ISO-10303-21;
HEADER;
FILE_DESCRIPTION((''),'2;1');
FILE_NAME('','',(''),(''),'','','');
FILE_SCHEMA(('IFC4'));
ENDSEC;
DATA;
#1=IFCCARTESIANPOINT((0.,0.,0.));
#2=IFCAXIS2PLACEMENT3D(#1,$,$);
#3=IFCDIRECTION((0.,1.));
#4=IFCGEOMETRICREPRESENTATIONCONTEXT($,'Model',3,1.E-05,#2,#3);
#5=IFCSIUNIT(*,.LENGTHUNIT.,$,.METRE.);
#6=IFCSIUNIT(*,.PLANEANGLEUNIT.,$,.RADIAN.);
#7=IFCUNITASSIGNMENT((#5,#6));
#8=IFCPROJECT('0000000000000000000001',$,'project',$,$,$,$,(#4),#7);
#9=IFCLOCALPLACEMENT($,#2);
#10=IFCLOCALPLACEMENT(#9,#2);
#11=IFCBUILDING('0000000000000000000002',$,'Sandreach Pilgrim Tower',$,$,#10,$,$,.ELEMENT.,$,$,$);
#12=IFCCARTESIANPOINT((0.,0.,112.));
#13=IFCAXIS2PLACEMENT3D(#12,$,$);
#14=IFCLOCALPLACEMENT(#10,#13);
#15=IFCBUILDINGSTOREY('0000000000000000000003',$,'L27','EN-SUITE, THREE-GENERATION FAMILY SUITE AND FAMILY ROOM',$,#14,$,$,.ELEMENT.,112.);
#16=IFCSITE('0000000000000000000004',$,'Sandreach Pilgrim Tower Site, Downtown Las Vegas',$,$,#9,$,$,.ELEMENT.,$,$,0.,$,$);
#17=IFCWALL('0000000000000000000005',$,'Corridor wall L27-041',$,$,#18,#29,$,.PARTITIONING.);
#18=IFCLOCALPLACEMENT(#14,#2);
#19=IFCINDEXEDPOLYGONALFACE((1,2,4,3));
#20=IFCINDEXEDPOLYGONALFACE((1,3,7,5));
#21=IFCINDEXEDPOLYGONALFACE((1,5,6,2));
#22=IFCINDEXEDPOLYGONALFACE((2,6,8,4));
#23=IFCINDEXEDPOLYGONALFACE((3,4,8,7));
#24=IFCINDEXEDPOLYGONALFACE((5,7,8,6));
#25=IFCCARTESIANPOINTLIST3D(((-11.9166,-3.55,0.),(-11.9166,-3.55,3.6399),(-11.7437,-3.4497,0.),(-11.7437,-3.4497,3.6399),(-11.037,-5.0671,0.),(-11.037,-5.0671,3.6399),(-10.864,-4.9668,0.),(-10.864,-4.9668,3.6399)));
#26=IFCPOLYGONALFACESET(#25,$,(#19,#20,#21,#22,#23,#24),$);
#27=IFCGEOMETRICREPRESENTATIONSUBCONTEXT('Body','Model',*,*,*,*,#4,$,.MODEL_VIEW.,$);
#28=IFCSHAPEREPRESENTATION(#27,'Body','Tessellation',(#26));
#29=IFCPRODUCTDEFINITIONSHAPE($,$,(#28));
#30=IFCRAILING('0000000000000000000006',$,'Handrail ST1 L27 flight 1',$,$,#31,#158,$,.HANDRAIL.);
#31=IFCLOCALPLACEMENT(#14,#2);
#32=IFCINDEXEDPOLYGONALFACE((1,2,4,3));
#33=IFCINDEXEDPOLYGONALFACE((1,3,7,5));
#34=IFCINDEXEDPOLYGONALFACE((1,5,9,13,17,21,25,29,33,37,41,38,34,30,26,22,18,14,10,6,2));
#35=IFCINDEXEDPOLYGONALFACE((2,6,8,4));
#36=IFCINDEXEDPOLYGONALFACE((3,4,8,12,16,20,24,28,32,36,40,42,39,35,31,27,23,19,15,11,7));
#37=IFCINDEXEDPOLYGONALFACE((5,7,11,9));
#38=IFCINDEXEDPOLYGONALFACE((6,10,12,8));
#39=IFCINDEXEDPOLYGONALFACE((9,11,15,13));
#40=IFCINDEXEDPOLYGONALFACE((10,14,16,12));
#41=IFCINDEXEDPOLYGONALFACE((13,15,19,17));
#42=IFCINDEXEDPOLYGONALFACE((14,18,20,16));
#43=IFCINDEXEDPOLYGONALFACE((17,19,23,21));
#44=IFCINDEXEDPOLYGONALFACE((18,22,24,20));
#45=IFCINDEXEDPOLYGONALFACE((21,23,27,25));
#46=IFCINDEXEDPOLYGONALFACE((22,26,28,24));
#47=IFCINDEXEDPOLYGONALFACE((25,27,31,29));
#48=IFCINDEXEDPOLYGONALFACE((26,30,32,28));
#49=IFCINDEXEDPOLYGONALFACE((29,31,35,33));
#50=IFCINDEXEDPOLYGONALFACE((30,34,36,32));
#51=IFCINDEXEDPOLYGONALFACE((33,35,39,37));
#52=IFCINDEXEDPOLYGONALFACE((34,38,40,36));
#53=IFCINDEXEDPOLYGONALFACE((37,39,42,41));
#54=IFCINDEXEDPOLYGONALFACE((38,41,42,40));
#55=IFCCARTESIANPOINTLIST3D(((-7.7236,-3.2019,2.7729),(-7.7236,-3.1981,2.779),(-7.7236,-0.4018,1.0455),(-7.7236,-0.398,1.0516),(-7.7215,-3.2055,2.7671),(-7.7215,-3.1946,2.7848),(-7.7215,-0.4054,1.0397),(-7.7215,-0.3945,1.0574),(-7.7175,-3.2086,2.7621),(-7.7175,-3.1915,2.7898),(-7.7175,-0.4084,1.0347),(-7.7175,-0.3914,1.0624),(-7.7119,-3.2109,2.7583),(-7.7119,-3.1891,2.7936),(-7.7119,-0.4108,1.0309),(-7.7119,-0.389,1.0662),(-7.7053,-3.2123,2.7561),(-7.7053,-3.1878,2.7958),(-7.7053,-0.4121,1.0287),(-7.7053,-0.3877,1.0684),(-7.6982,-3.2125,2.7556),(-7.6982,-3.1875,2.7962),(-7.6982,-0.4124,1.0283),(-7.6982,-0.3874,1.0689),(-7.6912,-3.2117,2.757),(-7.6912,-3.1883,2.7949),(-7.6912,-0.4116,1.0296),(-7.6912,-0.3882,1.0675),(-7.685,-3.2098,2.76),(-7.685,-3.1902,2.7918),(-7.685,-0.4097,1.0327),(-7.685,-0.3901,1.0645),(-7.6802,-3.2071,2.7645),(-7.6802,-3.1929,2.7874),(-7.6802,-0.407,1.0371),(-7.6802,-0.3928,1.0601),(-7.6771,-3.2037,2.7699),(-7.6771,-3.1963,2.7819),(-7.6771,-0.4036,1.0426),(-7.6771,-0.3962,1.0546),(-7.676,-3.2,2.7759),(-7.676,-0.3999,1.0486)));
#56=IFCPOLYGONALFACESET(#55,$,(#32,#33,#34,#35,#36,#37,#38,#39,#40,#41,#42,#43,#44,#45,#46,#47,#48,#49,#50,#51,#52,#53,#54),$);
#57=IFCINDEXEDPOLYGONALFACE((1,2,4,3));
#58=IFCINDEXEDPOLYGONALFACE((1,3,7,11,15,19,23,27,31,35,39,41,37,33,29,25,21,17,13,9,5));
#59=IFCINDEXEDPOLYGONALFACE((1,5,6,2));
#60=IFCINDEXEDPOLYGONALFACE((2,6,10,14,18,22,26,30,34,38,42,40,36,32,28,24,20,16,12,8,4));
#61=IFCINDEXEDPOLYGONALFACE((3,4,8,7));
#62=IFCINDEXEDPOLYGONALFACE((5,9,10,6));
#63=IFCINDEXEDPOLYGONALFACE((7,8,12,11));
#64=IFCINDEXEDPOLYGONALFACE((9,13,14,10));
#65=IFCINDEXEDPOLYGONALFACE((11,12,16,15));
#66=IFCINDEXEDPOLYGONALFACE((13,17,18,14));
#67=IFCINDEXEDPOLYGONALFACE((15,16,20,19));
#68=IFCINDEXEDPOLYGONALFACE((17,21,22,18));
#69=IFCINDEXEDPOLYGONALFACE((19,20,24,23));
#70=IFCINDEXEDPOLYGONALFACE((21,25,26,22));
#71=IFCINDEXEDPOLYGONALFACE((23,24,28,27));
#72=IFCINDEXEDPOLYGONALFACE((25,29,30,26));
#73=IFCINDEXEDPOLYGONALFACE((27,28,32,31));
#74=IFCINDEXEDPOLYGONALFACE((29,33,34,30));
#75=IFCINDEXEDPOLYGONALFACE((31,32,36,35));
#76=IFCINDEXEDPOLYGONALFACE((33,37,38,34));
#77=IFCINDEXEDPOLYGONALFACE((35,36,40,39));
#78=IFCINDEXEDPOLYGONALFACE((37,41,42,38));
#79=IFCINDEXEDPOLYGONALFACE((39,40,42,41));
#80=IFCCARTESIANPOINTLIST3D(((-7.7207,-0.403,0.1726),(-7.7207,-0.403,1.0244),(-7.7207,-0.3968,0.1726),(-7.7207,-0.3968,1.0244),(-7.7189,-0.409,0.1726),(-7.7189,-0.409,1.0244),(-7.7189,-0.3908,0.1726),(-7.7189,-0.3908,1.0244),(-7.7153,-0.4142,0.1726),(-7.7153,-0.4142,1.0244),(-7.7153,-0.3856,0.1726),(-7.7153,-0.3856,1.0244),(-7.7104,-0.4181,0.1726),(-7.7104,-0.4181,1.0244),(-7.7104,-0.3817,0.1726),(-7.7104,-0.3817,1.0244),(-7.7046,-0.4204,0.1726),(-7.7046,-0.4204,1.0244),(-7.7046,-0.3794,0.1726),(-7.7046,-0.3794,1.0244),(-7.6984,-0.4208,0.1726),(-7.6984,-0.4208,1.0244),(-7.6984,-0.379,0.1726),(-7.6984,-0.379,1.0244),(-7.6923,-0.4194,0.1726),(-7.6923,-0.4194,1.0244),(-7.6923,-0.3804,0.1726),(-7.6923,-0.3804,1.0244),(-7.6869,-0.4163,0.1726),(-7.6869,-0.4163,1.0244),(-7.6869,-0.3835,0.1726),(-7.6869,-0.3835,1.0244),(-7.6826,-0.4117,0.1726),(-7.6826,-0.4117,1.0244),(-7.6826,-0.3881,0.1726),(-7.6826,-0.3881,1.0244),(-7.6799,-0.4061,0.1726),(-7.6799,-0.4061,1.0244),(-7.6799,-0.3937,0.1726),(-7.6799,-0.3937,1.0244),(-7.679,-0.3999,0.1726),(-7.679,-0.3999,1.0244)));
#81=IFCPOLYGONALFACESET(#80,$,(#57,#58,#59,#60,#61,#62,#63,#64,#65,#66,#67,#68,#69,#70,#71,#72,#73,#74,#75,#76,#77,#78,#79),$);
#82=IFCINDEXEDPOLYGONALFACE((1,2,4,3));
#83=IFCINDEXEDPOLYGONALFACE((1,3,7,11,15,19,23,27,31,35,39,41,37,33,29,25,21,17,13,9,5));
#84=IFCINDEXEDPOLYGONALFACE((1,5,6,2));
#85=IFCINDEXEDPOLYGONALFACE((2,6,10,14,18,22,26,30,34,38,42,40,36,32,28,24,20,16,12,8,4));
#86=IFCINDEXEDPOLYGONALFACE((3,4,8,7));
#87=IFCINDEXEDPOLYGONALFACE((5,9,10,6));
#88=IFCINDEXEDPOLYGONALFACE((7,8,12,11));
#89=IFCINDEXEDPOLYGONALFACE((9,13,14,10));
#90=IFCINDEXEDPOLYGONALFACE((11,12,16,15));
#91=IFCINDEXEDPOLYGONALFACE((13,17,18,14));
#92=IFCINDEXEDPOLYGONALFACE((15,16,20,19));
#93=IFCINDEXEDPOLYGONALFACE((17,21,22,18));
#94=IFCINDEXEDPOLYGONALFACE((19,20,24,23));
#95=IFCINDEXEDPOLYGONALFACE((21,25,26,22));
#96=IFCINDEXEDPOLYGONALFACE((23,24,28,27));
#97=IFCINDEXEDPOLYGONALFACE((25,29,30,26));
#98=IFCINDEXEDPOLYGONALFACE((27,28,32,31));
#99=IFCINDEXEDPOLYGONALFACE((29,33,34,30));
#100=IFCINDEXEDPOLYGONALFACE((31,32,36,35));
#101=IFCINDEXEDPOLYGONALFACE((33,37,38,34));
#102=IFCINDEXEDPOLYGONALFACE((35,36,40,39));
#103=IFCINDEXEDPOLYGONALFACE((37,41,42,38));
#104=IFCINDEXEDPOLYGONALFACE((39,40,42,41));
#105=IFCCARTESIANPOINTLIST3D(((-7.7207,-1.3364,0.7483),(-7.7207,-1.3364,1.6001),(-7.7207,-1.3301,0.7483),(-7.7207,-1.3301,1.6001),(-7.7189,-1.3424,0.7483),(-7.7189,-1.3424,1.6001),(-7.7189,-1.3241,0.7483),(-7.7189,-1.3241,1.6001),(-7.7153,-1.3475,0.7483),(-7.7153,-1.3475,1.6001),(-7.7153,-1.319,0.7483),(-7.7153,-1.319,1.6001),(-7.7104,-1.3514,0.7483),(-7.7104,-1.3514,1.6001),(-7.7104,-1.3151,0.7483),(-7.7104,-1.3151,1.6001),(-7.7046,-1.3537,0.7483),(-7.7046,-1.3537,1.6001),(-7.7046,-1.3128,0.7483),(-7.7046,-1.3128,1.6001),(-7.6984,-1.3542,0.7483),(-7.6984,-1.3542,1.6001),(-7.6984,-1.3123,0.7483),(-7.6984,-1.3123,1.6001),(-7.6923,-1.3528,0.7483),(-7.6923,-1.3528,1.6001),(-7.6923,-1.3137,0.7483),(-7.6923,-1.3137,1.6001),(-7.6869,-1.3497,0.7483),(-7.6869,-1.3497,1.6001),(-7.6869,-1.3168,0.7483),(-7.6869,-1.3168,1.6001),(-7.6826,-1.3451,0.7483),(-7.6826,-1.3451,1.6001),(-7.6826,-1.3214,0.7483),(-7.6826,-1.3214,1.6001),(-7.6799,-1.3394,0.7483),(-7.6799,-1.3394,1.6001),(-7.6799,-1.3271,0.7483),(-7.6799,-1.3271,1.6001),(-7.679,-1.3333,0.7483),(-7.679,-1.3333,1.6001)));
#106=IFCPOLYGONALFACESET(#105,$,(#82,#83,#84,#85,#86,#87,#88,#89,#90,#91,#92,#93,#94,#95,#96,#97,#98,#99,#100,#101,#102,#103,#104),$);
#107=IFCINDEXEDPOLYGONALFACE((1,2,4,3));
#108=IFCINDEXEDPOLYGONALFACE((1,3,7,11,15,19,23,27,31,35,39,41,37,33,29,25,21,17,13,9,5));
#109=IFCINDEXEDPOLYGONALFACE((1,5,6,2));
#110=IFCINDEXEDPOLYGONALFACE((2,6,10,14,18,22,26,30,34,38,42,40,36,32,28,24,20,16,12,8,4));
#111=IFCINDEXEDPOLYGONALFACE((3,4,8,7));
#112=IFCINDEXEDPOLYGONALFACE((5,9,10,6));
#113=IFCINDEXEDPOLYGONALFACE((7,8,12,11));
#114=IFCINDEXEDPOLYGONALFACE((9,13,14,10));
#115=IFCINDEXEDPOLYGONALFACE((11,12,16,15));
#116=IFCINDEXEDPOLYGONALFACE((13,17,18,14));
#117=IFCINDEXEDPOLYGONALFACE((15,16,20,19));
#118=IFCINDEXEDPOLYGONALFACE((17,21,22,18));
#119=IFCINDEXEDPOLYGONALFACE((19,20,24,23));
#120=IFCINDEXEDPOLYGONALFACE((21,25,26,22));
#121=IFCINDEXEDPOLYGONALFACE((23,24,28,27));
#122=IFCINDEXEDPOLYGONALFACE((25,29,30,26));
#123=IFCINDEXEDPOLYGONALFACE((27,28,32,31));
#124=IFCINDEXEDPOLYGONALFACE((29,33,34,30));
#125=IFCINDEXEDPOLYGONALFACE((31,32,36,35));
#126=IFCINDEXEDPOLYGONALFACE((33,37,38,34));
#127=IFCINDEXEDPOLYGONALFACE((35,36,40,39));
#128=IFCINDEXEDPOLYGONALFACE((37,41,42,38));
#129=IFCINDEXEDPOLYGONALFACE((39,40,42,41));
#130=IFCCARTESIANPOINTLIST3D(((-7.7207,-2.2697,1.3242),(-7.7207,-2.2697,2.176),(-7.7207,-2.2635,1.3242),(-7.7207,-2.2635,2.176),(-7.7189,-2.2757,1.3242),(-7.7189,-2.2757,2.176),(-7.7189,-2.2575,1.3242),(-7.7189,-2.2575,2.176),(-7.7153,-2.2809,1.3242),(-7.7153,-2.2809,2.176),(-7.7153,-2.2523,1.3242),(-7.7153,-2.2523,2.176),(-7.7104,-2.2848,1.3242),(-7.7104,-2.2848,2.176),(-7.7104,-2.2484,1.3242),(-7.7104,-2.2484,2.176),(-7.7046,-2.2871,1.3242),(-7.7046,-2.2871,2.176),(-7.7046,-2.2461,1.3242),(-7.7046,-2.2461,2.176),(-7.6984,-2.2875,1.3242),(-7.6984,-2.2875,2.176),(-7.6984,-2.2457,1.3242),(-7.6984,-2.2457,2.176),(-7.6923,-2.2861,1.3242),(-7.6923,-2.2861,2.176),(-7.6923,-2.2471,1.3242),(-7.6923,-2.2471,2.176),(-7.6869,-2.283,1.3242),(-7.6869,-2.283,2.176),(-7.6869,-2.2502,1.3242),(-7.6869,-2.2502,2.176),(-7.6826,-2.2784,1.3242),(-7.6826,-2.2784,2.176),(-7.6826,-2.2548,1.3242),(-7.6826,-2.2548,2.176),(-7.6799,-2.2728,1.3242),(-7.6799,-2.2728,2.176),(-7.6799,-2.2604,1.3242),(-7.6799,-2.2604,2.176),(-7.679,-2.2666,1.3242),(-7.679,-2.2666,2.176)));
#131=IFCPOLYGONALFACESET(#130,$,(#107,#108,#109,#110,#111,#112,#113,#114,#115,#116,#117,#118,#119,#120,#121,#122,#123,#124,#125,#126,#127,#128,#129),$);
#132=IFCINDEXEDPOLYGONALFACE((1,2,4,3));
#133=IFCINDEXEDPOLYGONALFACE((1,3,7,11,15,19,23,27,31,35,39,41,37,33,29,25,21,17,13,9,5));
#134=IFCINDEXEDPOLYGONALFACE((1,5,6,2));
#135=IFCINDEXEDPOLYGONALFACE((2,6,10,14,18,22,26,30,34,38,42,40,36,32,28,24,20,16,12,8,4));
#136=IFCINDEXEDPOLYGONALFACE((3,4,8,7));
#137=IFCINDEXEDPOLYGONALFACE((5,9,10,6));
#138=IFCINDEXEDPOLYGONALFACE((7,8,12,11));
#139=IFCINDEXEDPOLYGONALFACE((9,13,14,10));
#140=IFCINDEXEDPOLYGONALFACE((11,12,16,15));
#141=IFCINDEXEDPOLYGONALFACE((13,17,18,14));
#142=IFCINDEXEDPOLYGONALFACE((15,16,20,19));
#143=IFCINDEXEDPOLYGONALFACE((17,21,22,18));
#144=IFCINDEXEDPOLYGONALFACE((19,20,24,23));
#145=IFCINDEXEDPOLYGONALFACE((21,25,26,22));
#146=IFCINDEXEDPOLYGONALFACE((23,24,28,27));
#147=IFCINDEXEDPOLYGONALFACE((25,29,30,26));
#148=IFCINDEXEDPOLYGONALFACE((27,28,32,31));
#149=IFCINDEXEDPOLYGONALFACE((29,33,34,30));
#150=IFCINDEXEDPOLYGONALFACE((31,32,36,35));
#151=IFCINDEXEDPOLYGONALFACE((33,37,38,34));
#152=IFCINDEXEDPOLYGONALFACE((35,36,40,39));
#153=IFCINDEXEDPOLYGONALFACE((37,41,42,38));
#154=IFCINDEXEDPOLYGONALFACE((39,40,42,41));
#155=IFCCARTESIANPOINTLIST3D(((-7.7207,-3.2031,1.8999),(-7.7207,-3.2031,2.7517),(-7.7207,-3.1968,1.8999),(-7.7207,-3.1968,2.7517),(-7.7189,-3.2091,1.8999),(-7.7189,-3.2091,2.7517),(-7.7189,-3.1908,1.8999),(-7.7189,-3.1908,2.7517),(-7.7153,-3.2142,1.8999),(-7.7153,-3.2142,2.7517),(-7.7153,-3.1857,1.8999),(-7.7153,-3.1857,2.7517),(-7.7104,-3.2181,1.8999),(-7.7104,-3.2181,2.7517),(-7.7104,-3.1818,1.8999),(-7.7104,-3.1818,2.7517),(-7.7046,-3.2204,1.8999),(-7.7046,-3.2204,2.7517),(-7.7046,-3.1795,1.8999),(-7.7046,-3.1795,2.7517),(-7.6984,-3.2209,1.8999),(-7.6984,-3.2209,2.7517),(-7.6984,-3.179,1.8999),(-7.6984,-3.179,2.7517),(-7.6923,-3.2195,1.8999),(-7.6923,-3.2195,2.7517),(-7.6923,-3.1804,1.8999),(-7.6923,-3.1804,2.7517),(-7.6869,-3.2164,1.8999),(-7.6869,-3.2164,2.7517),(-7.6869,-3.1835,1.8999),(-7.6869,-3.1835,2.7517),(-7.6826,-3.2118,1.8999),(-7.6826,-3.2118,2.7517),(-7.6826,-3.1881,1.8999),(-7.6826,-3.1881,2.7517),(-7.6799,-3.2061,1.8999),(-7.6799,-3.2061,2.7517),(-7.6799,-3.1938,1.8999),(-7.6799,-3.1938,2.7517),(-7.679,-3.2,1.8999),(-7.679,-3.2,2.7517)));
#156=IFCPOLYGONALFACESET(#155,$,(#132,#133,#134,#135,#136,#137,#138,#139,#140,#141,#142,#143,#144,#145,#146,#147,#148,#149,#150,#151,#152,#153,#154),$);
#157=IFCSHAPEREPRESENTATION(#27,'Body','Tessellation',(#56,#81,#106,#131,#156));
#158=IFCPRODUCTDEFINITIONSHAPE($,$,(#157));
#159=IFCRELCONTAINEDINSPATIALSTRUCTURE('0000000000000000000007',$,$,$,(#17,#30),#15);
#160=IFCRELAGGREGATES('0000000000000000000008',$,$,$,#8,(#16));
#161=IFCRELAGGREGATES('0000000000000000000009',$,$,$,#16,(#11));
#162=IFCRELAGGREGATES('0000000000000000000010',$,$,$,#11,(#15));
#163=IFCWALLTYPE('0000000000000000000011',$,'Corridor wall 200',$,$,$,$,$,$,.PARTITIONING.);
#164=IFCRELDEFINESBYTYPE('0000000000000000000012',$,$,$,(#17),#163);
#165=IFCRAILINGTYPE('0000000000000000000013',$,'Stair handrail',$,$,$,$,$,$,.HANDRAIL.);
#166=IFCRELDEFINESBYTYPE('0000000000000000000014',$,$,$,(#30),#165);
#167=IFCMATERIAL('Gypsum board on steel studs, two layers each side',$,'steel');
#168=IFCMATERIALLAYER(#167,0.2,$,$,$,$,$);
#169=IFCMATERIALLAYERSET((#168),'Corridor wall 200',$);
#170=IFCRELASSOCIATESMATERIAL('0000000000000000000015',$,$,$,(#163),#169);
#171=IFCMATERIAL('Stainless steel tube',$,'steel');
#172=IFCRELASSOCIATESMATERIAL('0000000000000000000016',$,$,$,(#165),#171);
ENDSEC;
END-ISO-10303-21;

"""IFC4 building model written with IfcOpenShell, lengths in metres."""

from ifc_helpers import new_model, si_unit, direction, frame, frame_2d, origin, origin_2d, place, context, subcontext, project, spatial, rectangle, circle, extrude, material, layer, layer_set, type_object, element, save


model = new_model("IFC4")

# Units and contexts
model_context = context("Model", 3, precision=1e-05, world=origin(), true_north=direction((0.0, 1.0)))
body_context = subcontext(model_context, "Body", "Model", "MODEL_VIEW")
ifc_project = project(units=[si_unit("LENGTHUNIT", "METRE"), si_unit("PLANEANGLEUNIT", "RADIAN")], contexts=[model_context])

# Site, building, storey
site_placement = place(None, origin())
site = spatial("IfcSite", under=ifc_project, at=site_placement, Name="Sandreach Pilgrim Tower Site, Downtown Las Vegas", CompositionType="ELEMENT", RefElevation=0.0)
building_placement = place(site_placement, origin())
building = spatial("IfcBuilding", under=site, at=building_placement, Name="Sandreach Pilgrim Tower", CompositionType="ELEMENT")
storey_placement = place(building_placement, frame((0.0, 0.0, 112.0)))
storey = spatial("IfcBuildingStorey", under=building, at=storey_placement, Name="L27", Description="EN-SUITE, THREE-GENERATION FAMILY SUITE AND FAMILY ROOM", CompositionType="ELEMENT", Elevation=112.0)

# Shared definitions
ifc_material_1 = material(Name="Gypsum board on steel studs, two layers each side", Category="steel")
ifc_layer_1 = layer(ifc_material_1, 0.2)
ifc_layer_set_1 = layer_set([ifc_layer_1], Name="Corridor wall 200")
wall_type_1 = type_object("IfcWallType", Name="Corridor wall 200", PredefinedType="PARTITIONING", material=ifc_layer_set_1)

# Wall
wall_1_placement = place(storey_placement, frame((-10.9504, -5.0171, 0.0), z_axis=(0.0, 0.0, 1.0), x_axis=(-0.501601, 0.865099, 0.0)))
element("IfcWall", 1, at=wall_1_placement, inside=storey, type_object=wall_type_1, Name="Corridor wall L27-041", PredefinedType="PARTITIONING", context=body_context, shape_type="SweptSolid", body=[
    extrude(rectangle(XDim=1.7537, YDim=0.2, at=frame_2d((0.877, 0.0))), origin(), (0.0, 0.0, 1.0), 3.6399),
])

# Railing
ifc_material_2 = material(Name="Stainless steel tube", Category="steel")
railing_type = type_object("IfcRailingType", Name="Stair handrail", PredefinedType="HANDRAIL", material=ifc_material_2)
railing_placement = place(storey_placement, frame((-7.7, -0.3999, 0.1726)))
element("IfcRailing", 2, at=railing_placement, inside=storey, type_object=railing_type, Name="Handrail ST1 L27 flight 1", PredefinedType="HANDRAIL", context=body_context, shape_type="SweptSolid", body=[
    extrude(circle(Radius=0.0239, at=origin_2d()), frame((0.0, 0.0, 0.876), z_axis=(0.0, -0.85109, 0.52502), x_axis=(1.0, 0.0, 0.0)), (0.0, 0.0, 1.0), 3.29),
    extrude(circle(Radius=0.021, at=origin_2d()), origin(), (0.0, 0.0, 1.0), 0.8518),
    extrude(circle(Radius=0.021, at=origin_2d()), frame((0.0, -0.9333, 0.5757)), (0.0, 0.0, 1.0), 0.8518),
    extrude(circle(Radius=0.021, at=origin_2d()), frame((0.0, -1.8667, 1.1516)), (0.0, 0.0, 1.0), 0.8518),
    extrude(circle(Radius=0.021, at=origin_2d()), frame((0.0, -2.8, 1.7273)), (0.0, 0.0, 1.0), 0.8518),
])

save(model, "model.ifc")
